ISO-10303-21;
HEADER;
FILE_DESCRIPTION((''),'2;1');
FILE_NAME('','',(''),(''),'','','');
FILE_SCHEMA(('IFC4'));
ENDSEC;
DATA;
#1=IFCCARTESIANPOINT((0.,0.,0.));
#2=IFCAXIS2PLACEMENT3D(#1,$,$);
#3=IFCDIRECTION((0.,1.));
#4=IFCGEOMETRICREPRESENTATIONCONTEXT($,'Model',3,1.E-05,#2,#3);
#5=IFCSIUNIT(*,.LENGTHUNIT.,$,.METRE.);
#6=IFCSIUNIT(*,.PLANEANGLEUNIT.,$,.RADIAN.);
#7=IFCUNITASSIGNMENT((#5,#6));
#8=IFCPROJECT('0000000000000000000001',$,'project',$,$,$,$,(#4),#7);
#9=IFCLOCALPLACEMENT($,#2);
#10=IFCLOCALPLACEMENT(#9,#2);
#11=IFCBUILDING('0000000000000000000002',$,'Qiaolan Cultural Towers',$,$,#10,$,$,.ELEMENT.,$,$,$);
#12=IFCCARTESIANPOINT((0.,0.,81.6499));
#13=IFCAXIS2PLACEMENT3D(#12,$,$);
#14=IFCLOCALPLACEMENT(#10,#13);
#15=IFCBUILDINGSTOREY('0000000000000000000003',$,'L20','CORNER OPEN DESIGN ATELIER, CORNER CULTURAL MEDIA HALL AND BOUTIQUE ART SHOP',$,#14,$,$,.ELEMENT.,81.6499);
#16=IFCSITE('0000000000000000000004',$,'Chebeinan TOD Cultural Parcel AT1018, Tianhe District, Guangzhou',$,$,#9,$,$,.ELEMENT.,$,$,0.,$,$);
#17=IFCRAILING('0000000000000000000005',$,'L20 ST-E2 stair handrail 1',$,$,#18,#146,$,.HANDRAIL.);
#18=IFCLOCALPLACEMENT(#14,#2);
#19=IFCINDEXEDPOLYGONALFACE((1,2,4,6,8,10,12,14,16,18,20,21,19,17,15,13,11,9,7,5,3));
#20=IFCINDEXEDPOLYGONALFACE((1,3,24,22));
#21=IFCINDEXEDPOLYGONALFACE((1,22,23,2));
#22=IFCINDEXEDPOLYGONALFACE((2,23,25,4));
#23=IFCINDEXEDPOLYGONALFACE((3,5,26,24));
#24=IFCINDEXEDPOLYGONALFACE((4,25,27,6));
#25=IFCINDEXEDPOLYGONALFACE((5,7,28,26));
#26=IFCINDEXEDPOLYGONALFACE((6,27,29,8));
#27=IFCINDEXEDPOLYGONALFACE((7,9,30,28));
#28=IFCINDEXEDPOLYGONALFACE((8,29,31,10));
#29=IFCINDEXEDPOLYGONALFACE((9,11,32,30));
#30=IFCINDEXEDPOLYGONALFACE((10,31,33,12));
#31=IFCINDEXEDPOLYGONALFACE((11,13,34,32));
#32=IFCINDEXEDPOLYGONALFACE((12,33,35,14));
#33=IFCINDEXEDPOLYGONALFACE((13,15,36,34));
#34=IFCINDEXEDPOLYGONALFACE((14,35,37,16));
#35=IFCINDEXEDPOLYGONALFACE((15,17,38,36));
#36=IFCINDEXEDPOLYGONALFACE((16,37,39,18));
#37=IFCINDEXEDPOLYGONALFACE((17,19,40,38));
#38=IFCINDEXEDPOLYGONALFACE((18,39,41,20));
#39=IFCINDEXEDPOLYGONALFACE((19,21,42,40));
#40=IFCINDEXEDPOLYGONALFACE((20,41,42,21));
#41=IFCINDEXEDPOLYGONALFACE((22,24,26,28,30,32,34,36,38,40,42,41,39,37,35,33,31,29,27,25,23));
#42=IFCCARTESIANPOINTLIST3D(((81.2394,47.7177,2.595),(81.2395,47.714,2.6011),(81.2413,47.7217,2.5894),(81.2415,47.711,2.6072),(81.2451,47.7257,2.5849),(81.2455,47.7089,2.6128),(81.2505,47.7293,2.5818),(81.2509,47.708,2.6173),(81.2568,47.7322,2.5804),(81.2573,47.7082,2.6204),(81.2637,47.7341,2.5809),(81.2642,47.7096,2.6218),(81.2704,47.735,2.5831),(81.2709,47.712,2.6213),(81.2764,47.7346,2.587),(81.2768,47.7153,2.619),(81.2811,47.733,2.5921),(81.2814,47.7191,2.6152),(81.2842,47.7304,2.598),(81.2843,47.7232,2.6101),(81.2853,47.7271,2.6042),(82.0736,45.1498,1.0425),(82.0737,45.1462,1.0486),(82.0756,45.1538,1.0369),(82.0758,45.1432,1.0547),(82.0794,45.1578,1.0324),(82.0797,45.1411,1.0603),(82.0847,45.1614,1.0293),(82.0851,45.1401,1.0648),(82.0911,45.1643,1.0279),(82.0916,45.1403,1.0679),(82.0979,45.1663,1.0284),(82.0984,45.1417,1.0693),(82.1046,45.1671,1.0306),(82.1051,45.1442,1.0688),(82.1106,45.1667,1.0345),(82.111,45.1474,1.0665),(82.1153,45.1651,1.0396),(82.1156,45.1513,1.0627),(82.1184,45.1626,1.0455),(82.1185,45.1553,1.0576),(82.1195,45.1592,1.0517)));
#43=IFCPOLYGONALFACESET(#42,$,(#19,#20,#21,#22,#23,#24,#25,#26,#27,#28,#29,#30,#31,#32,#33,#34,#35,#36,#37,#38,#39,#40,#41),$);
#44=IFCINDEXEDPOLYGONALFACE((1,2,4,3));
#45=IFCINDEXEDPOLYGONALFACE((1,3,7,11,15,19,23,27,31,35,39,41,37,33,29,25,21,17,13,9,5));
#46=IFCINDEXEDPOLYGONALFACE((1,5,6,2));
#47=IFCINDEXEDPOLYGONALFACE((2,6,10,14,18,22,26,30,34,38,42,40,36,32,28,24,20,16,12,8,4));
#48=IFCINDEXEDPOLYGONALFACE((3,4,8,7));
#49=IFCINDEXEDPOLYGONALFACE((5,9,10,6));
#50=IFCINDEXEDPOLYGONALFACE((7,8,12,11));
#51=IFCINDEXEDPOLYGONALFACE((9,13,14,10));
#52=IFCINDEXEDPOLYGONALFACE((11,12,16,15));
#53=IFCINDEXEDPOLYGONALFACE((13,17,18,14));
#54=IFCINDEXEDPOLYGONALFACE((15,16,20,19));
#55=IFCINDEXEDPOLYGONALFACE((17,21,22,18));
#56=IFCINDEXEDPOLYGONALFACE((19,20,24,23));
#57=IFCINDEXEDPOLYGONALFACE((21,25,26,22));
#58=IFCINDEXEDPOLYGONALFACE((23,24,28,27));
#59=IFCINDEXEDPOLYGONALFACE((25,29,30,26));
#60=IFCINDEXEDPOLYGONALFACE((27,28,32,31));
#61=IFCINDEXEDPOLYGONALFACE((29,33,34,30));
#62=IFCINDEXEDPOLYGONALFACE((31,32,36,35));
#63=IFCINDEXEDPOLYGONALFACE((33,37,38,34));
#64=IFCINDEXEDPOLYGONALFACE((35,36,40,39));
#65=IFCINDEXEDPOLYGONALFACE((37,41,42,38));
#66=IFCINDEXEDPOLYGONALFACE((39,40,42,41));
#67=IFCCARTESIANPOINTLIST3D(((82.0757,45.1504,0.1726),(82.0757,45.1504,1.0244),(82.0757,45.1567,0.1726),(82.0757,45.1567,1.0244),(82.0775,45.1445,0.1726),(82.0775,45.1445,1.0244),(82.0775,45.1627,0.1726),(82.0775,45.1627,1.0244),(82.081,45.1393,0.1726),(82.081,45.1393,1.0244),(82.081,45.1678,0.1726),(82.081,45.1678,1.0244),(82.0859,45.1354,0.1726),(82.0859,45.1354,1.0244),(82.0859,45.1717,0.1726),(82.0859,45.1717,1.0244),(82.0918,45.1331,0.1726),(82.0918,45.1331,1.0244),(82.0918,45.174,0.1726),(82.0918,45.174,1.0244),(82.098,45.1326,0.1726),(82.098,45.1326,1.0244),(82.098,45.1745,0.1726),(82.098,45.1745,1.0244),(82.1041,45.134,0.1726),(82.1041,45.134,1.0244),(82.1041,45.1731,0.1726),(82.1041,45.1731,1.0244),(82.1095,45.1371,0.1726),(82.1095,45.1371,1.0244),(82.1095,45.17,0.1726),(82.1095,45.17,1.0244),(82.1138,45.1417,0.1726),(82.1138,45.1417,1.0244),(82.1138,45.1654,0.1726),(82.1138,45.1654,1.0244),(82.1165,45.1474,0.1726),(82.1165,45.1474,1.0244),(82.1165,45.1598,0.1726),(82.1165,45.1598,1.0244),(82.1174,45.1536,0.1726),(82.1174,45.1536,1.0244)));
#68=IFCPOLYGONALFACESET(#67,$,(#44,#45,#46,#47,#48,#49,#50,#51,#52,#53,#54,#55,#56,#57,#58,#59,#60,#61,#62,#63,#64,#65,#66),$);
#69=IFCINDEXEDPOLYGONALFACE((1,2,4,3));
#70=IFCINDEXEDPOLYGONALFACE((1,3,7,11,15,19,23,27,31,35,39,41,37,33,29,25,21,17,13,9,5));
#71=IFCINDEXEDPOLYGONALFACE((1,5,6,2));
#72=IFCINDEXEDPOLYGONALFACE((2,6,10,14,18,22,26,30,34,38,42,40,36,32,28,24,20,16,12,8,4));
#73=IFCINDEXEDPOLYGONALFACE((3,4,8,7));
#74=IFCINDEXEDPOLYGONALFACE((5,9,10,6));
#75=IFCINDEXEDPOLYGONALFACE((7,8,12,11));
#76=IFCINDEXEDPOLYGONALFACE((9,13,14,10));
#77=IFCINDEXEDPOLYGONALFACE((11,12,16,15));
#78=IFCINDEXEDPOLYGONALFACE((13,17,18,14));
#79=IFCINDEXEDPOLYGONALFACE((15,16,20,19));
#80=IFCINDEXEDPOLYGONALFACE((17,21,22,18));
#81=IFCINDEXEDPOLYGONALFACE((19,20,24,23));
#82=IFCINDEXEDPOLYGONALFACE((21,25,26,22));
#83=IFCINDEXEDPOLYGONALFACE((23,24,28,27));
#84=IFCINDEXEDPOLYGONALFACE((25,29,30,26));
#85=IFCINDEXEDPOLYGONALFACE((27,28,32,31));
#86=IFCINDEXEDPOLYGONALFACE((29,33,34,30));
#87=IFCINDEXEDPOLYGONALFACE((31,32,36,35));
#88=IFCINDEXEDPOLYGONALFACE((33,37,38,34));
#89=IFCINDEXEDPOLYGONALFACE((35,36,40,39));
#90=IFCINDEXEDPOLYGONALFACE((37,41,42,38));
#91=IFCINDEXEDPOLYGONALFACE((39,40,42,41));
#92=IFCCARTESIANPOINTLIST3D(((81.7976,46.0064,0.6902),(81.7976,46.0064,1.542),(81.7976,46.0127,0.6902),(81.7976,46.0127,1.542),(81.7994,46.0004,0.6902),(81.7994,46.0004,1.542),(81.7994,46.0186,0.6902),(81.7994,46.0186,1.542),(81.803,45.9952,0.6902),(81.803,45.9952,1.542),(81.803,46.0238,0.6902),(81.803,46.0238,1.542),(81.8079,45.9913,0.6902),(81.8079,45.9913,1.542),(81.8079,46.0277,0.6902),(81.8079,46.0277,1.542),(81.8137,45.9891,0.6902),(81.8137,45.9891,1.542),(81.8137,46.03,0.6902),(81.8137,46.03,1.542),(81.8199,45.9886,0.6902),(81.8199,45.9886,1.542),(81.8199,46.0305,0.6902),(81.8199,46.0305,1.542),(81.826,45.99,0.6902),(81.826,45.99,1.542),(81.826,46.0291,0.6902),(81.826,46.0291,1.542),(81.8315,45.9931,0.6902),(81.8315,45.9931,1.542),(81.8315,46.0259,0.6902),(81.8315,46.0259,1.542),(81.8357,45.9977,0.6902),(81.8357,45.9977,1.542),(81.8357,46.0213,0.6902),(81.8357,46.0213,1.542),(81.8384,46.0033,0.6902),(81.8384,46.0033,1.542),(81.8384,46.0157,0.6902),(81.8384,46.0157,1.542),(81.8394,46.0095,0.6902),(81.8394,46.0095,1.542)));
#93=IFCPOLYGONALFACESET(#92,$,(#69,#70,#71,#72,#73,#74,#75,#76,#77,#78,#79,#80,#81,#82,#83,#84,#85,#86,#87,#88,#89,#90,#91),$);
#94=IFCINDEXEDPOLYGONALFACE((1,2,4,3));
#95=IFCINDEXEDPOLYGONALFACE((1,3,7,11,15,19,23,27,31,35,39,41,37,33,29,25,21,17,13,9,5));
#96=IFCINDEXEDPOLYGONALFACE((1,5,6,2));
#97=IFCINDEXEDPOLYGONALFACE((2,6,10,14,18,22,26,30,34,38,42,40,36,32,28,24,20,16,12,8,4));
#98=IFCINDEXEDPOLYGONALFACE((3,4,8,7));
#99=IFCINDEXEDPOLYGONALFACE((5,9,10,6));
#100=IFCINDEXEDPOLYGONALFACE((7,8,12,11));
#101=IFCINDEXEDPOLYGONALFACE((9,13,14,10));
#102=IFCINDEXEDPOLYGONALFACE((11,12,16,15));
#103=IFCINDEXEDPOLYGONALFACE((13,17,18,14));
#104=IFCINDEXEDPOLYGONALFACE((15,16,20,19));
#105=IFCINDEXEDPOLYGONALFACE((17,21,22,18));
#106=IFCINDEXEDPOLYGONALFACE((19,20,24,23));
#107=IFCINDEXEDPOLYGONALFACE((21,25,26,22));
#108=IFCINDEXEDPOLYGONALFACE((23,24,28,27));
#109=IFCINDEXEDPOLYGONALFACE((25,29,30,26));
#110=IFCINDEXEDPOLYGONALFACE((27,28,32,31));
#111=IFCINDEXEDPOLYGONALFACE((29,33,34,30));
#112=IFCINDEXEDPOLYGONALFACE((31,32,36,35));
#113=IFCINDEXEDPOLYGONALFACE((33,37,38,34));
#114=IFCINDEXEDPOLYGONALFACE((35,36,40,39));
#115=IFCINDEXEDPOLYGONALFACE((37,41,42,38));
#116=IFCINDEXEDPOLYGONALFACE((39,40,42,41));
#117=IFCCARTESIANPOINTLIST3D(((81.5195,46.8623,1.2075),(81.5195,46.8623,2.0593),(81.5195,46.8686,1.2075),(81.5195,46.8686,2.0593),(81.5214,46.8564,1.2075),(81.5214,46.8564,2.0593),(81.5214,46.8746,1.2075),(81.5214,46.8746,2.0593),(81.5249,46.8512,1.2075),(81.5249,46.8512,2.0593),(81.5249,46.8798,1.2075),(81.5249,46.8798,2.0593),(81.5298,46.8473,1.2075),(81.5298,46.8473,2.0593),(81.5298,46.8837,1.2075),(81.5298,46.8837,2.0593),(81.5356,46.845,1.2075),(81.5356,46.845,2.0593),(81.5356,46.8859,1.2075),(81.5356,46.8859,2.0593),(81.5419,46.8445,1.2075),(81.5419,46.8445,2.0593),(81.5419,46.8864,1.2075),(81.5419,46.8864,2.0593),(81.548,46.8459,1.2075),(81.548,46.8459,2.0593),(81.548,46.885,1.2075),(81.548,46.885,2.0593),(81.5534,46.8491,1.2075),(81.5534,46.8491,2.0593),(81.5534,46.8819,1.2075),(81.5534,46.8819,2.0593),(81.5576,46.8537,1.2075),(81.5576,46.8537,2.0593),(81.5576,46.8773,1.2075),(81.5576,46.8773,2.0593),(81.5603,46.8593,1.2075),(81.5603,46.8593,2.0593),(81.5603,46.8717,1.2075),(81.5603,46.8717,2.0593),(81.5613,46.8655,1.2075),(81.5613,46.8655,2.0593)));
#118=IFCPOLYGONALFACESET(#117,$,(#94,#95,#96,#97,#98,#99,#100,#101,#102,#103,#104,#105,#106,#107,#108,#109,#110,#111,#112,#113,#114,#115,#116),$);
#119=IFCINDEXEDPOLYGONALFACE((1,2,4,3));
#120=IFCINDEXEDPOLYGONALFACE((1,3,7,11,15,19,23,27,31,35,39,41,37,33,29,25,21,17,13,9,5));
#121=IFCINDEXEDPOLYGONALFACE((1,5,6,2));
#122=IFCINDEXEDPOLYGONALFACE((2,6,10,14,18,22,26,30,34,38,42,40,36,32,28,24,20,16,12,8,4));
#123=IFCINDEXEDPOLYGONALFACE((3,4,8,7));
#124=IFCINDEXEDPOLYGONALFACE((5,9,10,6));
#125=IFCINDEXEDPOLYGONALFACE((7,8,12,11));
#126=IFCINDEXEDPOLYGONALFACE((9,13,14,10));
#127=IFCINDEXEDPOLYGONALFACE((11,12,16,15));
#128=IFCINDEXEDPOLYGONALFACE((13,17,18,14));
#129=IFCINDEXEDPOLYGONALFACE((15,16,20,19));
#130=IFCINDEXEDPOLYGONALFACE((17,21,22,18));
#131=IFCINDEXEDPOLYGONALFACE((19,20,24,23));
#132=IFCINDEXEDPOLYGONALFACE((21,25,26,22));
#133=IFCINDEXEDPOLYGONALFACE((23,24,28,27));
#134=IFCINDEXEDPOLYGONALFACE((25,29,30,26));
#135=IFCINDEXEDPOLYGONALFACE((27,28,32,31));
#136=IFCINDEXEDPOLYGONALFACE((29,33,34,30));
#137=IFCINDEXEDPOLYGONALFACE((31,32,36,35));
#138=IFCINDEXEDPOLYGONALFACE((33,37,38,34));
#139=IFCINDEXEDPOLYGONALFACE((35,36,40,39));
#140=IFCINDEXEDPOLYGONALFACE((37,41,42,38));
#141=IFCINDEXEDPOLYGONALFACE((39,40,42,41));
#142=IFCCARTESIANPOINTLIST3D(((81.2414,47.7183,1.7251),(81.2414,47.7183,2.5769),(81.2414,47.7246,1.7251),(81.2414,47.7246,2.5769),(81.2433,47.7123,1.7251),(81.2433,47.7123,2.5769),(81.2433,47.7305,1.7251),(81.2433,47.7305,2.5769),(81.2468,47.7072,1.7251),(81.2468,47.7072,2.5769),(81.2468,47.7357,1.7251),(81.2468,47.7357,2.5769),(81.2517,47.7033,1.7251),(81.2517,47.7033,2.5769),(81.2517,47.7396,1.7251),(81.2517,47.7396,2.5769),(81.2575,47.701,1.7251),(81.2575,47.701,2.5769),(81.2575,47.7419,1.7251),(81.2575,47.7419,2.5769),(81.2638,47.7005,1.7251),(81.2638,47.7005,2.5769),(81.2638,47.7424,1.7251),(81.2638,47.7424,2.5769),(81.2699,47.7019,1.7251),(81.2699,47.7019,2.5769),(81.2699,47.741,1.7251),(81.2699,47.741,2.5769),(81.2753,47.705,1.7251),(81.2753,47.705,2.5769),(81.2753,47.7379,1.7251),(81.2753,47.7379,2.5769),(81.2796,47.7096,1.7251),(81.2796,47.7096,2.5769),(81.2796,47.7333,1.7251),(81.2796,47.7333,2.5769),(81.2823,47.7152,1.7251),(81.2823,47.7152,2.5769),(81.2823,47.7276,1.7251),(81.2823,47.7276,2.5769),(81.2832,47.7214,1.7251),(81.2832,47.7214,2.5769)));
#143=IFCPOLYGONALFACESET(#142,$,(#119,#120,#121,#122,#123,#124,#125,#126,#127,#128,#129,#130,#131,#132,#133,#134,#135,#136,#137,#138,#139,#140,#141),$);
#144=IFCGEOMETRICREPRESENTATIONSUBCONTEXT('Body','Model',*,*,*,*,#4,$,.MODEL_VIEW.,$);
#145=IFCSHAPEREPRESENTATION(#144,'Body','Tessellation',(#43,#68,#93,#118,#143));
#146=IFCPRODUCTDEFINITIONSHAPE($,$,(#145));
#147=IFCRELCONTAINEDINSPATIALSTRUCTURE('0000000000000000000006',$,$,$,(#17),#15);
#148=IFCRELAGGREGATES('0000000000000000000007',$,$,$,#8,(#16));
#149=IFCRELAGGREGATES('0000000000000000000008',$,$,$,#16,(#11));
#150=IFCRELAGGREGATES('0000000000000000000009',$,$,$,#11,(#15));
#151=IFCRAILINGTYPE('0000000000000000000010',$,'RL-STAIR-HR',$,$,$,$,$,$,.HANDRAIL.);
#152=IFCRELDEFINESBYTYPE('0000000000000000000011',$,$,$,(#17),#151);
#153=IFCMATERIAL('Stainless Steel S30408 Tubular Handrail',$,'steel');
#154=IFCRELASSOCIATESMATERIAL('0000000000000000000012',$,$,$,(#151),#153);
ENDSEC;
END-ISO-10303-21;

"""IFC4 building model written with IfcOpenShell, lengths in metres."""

from ifc_helpers import new_model, si_unit, direction, frame, origin, origin_2d, place, context, subcontext, project, spatial, circle, extrude, material, type_object, element, save


model = new_model("IFC4")

# Units and contexts
model_context = context("Model", 3, precision=1e-05, world=origin(), true_north=direction((0.0, 1.0)))
body_context = subcontext(model_context, "Body", "Model", "MODEL_VIEW")
ifc_project = project(units=[si_unit("LENGTHUNIT", "METRE"), si_unit("PLANEANGLEUNIT", "RADIAN")], contexts=[model_context])

# Site, building, storey
site_placement = place(None, origin())
site = spatial("IfcSite", under=ifc_project, at=site_placement, Name="Chebeinan TOD Cultural Parcel AT1018, Tianhe District, Guangzhou", CompositionType="ELEMENT", RefElevation=0.0)
building_placement = place(site_placement, origin())
building = spatial("IfcBuilding", under=site, at=building_placement, Name="Qiaolan Cultural Towers", CompositionType="ELEMENT")
storey_placement = place(building_placement, frame((0.0, 0.0, 81.6499)))
storey = spatial("IfcBuildingStorey", under=building, at=storey_placement, Name="L20", Description="CORNER OPEN DESIGN ATELIER, CORNER CULTURAL MEDIA HALL AND BOUTIQUE ART SHOP", CompositionType="ELEMENT", Elevation=81.6499)

# Railing
ifc_material_1 = material(Name="Stainless Steel S30408 Tubular Handrail", Category="steel")
railing_type_1 = type_object("IfcRailingType", Name="RL-STAIR-HR", PredefinedType="HANDRAIL", material=ifc_material_1)
railing_1_placement = place(storey_placement, frame((82.0964, 45.1536, 0.1726)))
element("IfcRailing", 1, at=railing_1_placement, inside=storey, type_object=railing_type_1, Name="L20 ST-E2 stair handrail 1", PredefinedType="HANDRAIL", context=body_context, shape_type="SweptSolid", body=[
    extrude(circle(Radius=0.0239, at=origin_2d()), frame((0.0, 0.0, 0.876), z_axis=(-0.267853, 0.824488, 0.498471), x_axis=(-0.95107, -0.308976, 0.0)), (0.0, 0.0, 1.0), 3.1145),
    extrude(circle(Radius=0.021, at=origin_2d()), origin(), (0.0, 0.0, 1.0), 0.8518),
    extrude(circle(Radius=0.021, at=origin_2d()), frame((-0.2781, 0.856, 0.5176)), (0.0, 0.0, 1.0), 0.8518),
    extrude(circle(Radius=0.021, at=origin_2d()), frame((-0.5562, 1.7119, 1.0349)), (0.0, 0.0, 1.0), 0.8518),
    extrude(circle(Radius=0.021, at=origin_2d()), frame((-0.8342, 2.5679, 1.5525)), (0.0, 0.0, 1.0), 0.8518),
])

save(model, "model.ifc")
